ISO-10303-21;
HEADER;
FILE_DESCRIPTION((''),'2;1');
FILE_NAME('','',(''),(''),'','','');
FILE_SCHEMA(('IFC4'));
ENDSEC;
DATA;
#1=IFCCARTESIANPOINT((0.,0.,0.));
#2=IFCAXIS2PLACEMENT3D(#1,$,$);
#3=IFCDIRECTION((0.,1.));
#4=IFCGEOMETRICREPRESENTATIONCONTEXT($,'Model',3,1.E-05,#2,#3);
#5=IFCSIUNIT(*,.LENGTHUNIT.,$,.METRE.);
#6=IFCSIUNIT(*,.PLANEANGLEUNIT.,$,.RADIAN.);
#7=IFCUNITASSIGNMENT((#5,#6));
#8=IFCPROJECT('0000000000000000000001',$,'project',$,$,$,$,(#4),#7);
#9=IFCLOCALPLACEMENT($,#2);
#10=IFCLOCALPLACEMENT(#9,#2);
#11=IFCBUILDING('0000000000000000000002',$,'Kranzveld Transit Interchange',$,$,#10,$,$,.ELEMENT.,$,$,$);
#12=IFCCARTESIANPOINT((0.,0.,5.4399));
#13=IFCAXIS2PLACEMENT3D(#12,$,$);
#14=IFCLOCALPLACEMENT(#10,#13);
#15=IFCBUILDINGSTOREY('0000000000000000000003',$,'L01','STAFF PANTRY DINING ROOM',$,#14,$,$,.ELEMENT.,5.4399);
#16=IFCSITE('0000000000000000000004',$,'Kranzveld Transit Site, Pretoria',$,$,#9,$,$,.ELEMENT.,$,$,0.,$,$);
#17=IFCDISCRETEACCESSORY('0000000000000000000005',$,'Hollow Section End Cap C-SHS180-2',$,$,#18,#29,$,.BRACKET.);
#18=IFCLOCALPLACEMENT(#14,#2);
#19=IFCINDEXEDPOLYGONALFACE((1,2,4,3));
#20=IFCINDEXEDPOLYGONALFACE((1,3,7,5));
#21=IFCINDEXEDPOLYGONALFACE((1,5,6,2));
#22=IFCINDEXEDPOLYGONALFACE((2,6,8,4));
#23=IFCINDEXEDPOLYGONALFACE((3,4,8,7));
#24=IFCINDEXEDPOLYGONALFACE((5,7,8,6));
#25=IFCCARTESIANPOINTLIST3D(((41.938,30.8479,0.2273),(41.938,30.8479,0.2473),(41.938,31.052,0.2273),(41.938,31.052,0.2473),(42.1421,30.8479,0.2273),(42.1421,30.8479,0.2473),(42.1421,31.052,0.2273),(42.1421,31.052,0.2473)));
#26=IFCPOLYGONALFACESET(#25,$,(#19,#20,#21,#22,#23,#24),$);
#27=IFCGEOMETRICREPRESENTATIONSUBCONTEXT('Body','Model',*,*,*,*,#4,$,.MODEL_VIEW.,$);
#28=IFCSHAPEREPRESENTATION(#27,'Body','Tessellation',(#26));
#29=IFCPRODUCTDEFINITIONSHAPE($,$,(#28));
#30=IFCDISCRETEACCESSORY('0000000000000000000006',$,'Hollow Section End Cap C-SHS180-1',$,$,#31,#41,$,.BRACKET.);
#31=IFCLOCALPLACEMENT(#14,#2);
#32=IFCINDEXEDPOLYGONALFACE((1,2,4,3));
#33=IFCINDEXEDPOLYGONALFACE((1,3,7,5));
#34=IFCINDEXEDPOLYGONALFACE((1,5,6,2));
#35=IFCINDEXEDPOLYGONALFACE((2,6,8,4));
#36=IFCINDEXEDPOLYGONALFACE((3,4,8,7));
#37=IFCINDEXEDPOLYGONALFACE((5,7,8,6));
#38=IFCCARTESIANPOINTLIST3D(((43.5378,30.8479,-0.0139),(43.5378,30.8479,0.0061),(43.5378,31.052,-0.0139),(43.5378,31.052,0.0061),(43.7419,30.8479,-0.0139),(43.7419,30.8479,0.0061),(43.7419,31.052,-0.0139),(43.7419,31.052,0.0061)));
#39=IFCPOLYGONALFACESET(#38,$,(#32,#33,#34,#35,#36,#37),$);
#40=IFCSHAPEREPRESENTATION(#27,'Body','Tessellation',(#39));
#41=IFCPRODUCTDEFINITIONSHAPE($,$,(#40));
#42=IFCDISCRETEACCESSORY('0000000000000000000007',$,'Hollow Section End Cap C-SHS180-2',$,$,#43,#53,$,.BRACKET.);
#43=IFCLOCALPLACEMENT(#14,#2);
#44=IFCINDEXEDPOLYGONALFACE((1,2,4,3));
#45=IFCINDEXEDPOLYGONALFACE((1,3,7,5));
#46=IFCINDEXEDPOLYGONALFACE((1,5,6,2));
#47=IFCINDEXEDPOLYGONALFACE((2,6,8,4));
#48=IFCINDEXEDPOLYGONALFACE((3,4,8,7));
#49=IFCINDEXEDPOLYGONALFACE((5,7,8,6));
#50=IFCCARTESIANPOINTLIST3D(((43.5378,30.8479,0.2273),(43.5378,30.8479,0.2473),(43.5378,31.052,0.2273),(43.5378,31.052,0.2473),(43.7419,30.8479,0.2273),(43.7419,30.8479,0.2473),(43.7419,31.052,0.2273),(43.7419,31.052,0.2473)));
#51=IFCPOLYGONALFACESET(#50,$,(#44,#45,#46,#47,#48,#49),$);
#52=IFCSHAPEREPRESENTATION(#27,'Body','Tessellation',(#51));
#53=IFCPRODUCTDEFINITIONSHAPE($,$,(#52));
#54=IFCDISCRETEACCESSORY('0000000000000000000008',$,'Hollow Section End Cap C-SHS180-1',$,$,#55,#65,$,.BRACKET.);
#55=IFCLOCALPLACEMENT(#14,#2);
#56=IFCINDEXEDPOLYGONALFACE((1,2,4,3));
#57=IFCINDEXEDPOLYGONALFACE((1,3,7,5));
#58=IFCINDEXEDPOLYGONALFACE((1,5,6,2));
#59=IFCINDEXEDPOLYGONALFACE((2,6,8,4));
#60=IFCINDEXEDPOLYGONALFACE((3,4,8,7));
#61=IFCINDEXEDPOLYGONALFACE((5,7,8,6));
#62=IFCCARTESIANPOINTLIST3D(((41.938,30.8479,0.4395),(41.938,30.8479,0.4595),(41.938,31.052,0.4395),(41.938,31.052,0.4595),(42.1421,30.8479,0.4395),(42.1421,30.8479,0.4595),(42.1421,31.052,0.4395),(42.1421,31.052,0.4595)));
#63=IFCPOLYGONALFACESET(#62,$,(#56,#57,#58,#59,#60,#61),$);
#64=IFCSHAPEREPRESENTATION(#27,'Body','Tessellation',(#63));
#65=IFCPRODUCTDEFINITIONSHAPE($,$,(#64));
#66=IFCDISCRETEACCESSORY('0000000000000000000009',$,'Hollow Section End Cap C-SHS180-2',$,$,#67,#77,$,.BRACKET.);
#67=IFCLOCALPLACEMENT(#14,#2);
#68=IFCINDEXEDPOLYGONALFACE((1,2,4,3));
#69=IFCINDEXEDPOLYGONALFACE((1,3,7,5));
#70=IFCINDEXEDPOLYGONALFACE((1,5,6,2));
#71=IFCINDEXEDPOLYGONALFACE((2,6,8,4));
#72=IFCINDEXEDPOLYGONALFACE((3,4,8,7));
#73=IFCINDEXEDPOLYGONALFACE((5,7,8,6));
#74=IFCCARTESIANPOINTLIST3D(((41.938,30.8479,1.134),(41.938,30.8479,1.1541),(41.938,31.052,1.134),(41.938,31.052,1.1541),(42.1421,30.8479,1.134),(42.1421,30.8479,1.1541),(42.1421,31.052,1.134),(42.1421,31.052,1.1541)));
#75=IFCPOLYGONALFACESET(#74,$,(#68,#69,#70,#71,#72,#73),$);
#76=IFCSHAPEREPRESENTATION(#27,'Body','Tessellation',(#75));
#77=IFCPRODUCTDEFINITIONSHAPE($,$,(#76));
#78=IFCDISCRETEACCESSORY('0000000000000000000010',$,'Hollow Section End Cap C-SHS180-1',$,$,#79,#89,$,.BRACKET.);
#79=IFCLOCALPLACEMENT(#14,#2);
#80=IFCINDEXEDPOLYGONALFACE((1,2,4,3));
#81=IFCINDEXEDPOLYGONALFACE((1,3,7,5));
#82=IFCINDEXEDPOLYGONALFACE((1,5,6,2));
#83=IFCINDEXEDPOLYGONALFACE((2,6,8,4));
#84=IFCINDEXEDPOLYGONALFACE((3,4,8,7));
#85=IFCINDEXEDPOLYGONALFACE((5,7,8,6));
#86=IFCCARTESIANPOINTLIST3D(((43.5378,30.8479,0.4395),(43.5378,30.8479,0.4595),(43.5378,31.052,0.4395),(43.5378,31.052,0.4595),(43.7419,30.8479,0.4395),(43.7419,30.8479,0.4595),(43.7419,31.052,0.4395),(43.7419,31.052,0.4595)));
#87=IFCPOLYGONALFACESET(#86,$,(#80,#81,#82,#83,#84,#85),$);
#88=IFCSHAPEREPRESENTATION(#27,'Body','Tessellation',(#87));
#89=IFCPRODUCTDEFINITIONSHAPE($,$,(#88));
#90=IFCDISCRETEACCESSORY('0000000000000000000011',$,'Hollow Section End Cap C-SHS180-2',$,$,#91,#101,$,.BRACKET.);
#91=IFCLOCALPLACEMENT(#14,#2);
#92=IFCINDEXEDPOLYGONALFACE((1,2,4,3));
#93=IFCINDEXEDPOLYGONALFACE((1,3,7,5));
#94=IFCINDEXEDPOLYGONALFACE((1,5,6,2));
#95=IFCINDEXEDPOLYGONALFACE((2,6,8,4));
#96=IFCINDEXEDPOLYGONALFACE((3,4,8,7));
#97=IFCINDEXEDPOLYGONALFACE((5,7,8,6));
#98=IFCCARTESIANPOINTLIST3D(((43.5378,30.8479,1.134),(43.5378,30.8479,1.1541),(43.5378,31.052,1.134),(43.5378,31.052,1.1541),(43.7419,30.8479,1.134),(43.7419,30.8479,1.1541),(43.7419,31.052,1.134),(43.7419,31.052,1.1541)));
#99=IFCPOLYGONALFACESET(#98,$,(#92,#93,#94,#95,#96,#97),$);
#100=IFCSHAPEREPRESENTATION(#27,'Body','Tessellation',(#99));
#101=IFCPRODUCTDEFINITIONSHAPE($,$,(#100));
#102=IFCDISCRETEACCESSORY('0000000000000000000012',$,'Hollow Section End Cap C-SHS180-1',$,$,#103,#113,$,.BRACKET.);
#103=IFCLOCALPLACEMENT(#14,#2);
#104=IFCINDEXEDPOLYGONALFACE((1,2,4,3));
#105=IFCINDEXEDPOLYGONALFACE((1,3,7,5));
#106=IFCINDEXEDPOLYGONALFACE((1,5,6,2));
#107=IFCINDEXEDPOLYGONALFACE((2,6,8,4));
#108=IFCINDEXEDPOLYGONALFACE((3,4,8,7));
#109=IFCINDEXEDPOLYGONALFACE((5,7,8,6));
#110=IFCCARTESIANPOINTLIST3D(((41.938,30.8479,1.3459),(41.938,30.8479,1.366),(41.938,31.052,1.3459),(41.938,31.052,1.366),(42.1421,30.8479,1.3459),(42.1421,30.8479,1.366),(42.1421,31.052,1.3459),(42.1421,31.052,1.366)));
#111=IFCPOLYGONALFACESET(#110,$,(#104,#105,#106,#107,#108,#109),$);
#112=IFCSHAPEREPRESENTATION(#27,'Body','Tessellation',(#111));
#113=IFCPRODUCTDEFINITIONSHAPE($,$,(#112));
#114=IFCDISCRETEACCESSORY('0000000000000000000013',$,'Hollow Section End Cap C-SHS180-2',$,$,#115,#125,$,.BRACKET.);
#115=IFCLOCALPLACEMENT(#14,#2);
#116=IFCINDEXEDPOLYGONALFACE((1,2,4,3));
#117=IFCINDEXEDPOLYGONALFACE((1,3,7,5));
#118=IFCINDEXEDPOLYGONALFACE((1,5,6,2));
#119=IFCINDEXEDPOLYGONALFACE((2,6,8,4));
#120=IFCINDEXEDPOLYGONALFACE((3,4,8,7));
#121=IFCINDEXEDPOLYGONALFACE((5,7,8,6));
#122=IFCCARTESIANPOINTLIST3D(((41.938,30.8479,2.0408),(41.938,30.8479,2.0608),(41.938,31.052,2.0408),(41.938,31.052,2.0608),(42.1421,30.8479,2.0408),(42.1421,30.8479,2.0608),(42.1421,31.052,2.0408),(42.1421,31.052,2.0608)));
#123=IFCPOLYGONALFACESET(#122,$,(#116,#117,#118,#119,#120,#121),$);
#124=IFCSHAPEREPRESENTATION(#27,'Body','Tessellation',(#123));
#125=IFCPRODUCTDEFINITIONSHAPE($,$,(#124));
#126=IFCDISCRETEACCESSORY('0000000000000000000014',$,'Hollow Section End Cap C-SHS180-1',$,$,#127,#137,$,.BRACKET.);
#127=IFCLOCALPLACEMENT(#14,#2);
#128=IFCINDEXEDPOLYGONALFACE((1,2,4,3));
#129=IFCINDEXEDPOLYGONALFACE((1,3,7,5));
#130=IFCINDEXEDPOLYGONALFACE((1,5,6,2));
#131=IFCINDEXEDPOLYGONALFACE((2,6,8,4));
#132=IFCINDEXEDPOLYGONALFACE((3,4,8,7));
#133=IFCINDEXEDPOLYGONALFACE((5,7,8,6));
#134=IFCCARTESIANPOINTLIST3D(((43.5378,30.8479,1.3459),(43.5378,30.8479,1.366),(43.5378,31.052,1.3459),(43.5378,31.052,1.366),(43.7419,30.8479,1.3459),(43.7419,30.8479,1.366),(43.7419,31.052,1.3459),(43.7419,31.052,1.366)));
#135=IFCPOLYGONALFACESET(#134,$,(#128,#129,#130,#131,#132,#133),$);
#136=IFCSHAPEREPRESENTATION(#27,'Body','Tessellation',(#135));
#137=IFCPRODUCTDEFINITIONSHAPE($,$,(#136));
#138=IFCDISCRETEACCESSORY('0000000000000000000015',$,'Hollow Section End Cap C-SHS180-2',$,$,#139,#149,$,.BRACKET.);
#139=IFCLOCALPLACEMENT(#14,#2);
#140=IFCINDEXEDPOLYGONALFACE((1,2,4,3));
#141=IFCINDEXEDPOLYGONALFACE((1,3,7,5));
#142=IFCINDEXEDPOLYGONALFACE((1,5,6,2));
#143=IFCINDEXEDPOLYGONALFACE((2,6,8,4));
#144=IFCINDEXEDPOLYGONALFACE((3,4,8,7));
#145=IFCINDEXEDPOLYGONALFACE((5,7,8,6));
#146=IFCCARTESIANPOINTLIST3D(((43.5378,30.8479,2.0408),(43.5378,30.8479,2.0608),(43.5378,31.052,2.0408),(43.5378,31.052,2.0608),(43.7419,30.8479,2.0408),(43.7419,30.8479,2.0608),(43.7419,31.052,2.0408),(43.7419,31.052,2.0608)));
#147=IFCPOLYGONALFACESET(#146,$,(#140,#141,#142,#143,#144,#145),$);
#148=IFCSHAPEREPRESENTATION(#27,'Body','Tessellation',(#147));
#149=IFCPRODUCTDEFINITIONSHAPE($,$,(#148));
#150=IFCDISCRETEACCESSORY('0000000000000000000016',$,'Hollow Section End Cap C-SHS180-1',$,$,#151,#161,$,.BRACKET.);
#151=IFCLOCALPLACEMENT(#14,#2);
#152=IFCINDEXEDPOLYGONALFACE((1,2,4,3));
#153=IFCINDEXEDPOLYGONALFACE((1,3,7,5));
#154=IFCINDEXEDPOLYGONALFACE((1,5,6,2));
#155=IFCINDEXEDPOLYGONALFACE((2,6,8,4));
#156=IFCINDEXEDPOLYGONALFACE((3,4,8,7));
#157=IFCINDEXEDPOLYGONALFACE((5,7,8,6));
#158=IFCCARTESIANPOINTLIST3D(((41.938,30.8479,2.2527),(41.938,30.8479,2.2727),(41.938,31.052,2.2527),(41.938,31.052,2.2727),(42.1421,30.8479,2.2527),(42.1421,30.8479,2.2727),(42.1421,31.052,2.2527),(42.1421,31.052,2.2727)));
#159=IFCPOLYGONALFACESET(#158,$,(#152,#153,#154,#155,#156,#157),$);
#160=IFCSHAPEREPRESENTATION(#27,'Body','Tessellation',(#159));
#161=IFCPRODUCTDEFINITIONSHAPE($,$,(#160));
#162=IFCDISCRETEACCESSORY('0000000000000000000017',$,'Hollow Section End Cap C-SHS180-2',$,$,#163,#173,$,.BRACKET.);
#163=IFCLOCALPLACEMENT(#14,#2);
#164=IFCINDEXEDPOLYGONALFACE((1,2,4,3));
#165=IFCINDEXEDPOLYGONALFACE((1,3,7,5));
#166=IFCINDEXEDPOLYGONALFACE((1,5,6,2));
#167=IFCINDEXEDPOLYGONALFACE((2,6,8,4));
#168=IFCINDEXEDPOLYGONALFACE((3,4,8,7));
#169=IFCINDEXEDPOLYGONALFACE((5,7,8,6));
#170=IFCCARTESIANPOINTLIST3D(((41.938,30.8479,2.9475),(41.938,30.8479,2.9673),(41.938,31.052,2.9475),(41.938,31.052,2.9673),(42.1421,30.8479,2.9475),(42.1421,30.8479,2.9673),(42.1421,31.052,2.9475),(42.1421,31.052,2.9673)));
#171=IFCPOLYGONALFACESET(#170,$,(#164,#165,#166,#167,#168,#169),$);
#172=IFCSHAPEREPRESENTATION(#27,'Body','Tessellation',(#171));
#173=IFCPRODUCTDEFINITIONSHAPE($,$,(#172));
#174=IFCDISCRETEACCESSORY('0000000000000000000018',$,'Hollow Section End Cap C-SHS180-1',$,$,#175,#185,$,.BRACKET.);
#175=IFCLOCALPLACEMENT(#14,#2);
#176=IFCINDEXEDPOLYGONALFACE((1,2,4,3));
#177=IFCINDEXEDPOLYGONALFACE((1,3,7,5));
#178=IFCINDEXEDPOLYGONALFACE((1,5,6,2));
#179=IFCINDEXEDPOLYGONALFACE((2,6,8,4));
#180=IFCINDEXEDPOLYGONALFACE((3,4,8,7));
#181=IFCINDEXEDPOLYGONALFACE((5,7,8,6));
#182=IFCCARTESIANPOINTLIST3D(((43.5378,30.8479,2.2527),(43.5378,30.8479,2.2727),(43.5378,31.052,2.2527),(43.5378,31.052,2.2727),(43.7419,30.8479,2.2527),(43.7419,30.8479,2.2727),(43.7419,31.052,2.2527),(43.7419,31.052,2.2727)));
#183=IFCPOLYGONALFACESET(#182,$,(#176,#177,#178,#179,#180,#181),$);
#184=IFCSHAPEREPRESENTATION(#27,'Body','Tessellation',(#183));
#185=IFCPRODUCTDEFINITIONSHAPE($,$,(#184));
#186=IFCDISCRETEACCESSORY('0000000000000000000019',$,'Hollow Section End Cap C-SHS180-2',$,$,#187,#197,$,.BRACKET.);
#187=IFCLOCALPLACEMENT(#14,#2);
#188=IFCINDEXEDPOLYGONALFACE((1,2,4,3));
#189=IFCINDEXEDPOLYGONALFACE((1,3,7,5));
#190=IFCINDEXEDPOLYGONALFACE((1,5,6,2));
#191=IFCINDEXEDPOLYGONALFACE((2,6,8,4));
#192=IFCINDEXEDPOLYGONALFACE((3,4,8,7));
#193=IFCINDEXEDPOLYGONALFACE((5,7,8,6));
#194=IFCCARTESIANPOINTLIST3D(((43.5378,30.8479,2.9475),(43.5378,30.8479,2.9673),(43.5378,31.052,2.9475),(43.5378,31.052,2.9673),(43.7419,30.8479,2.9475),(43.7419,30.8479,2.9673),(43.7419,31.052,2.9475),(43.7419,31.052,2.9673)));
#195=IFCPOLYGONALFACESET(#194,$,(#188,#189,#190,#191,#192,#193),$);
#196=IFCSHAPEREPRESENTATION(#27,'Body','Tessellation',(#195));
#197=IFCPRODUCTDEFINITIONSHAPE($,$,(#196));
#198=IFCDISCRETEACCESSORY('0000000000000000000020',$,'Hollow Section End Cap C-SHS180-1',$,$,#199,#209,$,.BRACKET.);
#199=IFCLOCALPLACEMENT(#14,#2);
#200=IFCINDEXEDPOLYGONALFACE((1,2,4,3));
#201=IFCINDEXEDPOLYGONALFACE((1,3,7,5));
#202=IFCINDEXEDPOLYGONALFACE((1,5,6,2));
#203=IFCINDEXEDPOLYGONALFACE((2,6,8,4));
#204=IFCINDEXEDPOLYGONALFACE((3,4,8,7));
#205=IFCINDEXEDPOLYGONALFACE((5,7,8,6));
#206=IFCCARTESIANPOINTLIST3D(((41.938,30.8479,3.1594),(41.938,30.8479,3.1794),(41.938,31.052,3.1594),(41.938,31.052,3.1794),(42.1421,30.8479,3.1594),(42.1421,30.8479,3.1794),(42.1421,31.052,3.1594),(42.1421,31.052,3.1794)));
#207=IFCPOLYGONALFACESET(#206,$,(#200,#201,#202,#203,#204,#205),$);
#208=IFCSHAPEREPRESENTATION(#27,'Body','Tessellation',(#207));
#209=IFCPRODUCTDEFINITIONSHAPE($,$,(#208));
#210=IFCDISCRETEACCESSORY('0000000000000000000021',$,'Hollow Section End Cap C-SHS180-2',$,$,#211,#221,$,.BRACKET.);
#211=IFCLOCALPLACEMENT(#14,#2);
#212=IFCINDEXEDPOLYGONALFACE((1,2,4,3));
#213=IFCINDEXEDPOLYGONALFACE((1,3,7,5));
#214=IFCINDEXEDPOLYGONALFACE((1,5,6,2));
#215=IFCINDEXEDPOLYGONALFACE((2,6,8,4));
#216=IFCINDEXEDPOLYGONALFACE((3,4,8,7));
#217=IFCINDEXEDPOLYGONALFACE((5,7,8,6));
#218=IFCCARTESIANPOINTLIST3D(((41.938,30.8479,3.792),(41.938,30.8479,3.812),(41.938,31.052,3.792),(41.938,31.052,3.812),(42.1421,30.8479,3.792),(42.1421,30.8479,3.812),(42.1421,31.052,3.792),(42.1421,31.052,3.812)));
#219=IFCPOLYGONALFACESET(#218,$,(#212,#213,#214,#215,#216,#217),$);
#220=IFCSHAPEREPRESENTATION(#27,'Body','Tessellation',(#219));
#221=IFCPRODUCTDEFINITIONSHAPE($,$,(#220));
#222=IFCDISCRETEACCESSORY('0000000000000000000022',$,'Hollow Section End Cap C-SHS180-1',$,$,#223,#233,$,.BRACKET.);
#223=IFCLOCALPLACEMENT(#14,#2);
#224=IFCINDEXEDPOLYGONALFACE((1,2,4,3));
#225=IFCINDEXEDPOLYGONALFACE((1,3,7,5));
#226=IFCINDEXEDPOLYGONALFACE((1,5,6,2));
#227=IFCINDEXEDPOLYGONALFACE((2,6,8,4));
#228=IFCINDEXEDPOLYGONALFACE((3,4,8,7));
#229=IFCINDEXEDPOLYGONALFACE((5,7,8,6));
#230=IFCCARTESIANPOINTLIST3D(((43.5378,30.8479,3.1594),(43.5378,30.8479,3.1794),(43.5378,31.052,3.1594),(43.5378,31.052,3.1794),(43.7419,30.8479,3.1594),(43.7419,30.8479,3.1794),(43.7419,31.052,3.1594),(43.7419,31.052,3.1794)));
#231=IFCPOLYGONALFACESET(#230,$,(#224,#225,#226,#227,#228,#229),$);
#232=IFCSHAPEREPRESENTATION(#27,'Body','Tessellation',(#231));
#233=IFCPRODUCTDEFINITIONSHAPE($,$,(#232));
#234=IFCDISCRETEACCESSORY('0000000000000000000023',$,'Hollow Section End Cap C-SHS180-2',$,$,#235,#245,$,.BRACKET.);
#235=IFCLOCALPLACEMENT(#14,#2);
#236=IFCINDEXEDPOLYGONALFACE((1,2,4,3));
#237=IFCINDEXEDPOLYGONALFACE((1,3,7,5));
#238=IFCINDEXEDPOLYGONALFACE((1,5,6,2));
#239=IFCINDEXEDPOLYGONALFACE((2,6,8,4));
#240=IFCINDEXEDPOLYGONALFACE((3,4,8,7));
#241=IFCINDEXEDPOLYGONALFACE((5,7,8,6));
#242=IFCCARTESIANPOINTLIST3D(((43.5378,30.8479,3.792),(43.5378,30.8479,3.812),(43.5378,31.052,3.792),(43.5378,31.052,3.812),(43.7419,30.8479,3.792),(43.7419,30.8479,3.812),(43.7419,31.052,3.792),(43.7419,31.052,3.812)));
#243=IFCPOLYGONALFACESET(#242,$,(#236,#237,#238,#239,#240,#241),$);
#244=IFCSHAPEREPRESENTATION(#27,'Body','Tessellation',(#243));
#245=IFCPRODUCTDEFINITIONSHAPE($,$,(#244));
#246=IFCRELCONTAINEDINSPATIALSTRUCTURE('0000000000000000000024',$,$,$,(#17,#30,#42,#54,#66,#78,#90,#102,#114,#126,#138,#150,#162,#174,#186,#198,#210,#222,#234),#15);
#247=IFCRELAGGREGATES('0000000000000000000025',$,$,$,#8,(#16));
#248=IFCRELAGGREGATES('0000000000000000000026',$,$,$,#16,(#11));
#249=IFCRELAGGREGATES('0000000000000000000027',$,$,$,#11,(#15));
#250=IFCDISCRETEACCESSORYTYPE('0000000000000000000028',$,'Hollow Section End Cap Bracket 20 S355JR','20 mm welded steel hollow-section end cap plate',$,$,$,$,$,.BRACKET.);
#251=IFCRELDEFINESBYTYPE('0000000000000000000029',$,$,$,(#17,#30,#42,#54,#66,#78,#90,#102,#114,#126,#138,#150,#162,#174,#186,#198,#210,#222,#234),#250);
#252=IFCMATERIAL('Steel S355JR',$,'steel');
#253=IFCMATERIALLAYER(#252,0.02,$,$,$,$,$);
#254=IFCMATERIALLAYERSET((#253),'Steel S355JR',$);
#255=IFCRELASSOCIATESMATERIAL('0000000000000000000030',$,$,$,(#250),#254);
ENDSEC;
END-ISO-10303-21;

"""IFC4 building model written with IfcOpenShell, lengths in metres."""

from ifc_helpers import new_model, si_unit, direction, frame, origin, origin_2d, place, context, subcontext, project, spatial, rectangle, extrude, material, layer, layer_set, type_object, element, save


model = new_model("IFC4")

# Units and contexts
model_context = context("Model", 3, precision=1e-05, world=origin(), true_north=direction((0.0, 1.0)))
body_context = subcontext(model_context, "Body", "Model", "MODEL_VIEW")
ifc_project = project(units=[si_unit("LENGTHUNIT", "METRE"), si_unit("PLANEANGLEUNIT", "RADIAN")], contexts=[model_context])

# Site, building, storey
site_placement = place(None, origin())
site = spatial("IfcSite", under=ifc_project, at=site_placement, Name="Kranzveld Transit Site, Pretoria", CompositionType="ELEMENT", RefElevation=0.0)
building_placement = place(site_placement, origin())
building = spatial("IfcBuilding", under=site, at=building_placement, Name="Kranzveld Transit Interchange", CompositionType="ELEMENT")
storey_placement = place(building_placement, frame((0.0, 0.0, 5.4399)))
storey = spatial("IfcBuildingStorey", under=building, at=storey_placement, Name="L01", Description="STAFF PANTRY DINING ROOM", CompositionType="ELEMENT", Elevation=5.4399)

# Discrete accessories
ifc_material_1 = material(Name="Steel S355JR", Category="steel")
ifc_layer = layer(ifc_material_1, 0.02)
ifc_layer_set = layer_set([ifc_layer], Name="Steel S355JR")
discrete_accessory_type = type_object("IfcDiscreteAccessoryType", Name="Hollow Section End Cap Bracket 20 S355JR", Description="20 mm welded steel hollow-section end cap plate", PredefinedType="BRACKET", material=ifc_layer_set)
for number, where, z_axis, x_axis, name in (
    (1, (42.04, 30.95, 0.2273), (0.0, 0.0, 1.0), (1.0, 0.0, 0.0), "Hollow Section End Cap C-SHS180-2"),
    (2, (43.6399, 30.95, 0.0061), (0.0, 0.0, -1.0), (1.0, 0.0, 0.0), "Hollow Section End Cap C-SHS180-1"),
    (3, (43.6399, 30.95, 0.2273), (0.0, 0.0, 1.0), (1.0, 0.0, 0.0), "Hollow Section End Cap C-SHS180-2"),
    (4, (42.04, 30.95, 0.4595), (0.0, 0.0, -1.0), (1.0, 0.0, 0.0), "Hollow Section End Cap C-SHS180-1"),
    (5, (42.04, 30.95, 1.134), (0.0, 0.0, 1.0), (1.0, 0.0, 0.0), "Hollow Section End Cap C-SHS180-2"),
    (6, (43.6399, 30.95, 0.4595), (0.0, 0.0, -1.0), (1.0, 0.0, 0.0), "Hollow Section End Cap C-SHS180-1"),
    (7, (43.6399, 30.95, 1.134), (0.0, 0.0, 1.0), (1.0, 0.0, 0.0), "Hollow Section End Cap C-SHS180-2"),
    (8, (42.04, 30.95, 1.366), (0.0, 0.0, -1.0), (1.0, 0.0, 0.0), "Hollow Section End Cap C-SHS180-1"),
    (9, (42.04, 30.95, 2.0408), (0.0, 0.0, 1.0), (1.0, 0.0, 0.0), "Hollow Section End Cap C-SHS180-2"),
    (10, (43.6399, 30.95, 1.366), (0.0, 0.0, -1.0), (1.0, 0.0, 0.0), "Hollow Section End Cap C-SHS180-1"),
    (11, (43.6399, 30.95, 2.0408), (0.0, 0.0, 1.0), (1.0, 0.0, 0.0), "Hollow Section End Cap C-SHS180-2"),
    (12, (42.04, 30.95, 2.2727), (0.0, 0.0, -1.0), (1.0, 0.0, 0.0), "Hollow Section End Cap C-SHS180-1"),
):
    element("IfcDiscreteAccessory", number, at=place(storey_placement, frame(where, z_axis=z_axis, x_axis=x_axis)), inside=storey, type_object=discrete_accessory_type, Name=name, PredefinedType="BRACKET", context=body_context, shape_type="SweptSolid", body=[
        extrude(rectangle(XDim=0.2041, YDim=0.2041, at=origin_2d()), origin(), (0.0, 0.0, 1.0), 0.02),
    ])
discrete_accessory_1_placement = place(storey_placement, frame((42.04, 30.95, 2.9475), z_axis=(0.0, 0.0, 1.0), x_axis=(1.0, 0.0, 0.0)))
element("IfcDiscreteAccessory", 13, at=discrete_accessory_1_placement, inside=storey, type_object=discrete_accessory_type, Name="Hollow Section End Cap C-SHS180-2", PredefinedType="BRACKET", context=body_context, shape_type="SweptSolid", body=[
    extrude(rectangle(XDim=0.2041, YDim=0.2041, at=origin_2d()), origin(), (0.0, 0.0, 1.0), 0.0198),
])
discrete_accessory_2_placement = place(storey_placement, frame((43.6399, 30.95, 2.2727), z_axis=(0.0, 0.0, -1.0), x_axis=(1.0, 0.0, 0.0)))
element("IfcDiscreteAccessory", 14, at=discrete_accessory_2_placement, inside=storey, type_object=discrete_accessory_type, Name="Hollow Section End Cap C-SHS180-1", PredefinedType="BRACKET", context=body_context, shape_type="SweptSolid", body=[
    extrude(rectangle(XDim=0.2041, YDim=0.2041, at=origin_2d()), origin(), (0.0, 0.0, 1.0), 0.02),
])
discrete_accessory_3_placement = place(storey_placement, frame((43.6399, 30.95, 2.9475), z_axis=(0.0, 0.0, 1.0), x_axis=(1.0, 0.0, 0.0)))
element("IfcDiscreteAccessory", 15, at=discrete_accessory_3_placement, inside=storey, type_object=discrete_accessory_type, Name="Hollow Section End Cap C-SHS180-2", PredefinedType="BRACKET", context=body_context, shape_type="SweptSolid", body=[
    extrude(rectangle(XDim=0.2041, YDim=0.2041, at=origin_2d()), origin(), (0.0, 0.0, 1.0), 0.0198),
])
for number, where, z_axis, x_axis, name in (
    (16, (42.04, 30.95, 3.1794), (0.0, 0.0, -1.0), (1.0, 0.0, 0.0), "Hollow Section End Cap C-SHS180-1"),
    (17, (42.04, 30.95, 3.792), (0.0, 0.0, 1.0), (1.0, 0.0, 0.0), "Hollow Section End Cap C-SHS180-2"),
    (18, (43.6399, 30.95, 3.1794), (0.0, 0.0, -1.0), (1.0, 0.0, 0.0), "Hollow Section End Cap C-SHS180-1"),
    (19, (43.6399, 30.95, 3.792), (0.0, 0.0, 1.0), (1.0, 0.0, 0.0), "Hollow Section End Cap C-SHS180-2"),
):
    element("IfcDiscreteAccessory", number, at=place(storey_placement, frame(where, z_axis=z_axis, x_axis=x_axis)), inside=storey, type_object=discrete_accessory_type, Name=name, PredefinedType="BRACKET", context=body_context, shape_type="SweptSolid", body=[
        extrude(rectangle(XDim=0.2041, YDim=0.2041, at=origin_2d()), origin(), (0.0, 0.0, 1.0), 0.02),
    ])

save(model, "model.ifc")
